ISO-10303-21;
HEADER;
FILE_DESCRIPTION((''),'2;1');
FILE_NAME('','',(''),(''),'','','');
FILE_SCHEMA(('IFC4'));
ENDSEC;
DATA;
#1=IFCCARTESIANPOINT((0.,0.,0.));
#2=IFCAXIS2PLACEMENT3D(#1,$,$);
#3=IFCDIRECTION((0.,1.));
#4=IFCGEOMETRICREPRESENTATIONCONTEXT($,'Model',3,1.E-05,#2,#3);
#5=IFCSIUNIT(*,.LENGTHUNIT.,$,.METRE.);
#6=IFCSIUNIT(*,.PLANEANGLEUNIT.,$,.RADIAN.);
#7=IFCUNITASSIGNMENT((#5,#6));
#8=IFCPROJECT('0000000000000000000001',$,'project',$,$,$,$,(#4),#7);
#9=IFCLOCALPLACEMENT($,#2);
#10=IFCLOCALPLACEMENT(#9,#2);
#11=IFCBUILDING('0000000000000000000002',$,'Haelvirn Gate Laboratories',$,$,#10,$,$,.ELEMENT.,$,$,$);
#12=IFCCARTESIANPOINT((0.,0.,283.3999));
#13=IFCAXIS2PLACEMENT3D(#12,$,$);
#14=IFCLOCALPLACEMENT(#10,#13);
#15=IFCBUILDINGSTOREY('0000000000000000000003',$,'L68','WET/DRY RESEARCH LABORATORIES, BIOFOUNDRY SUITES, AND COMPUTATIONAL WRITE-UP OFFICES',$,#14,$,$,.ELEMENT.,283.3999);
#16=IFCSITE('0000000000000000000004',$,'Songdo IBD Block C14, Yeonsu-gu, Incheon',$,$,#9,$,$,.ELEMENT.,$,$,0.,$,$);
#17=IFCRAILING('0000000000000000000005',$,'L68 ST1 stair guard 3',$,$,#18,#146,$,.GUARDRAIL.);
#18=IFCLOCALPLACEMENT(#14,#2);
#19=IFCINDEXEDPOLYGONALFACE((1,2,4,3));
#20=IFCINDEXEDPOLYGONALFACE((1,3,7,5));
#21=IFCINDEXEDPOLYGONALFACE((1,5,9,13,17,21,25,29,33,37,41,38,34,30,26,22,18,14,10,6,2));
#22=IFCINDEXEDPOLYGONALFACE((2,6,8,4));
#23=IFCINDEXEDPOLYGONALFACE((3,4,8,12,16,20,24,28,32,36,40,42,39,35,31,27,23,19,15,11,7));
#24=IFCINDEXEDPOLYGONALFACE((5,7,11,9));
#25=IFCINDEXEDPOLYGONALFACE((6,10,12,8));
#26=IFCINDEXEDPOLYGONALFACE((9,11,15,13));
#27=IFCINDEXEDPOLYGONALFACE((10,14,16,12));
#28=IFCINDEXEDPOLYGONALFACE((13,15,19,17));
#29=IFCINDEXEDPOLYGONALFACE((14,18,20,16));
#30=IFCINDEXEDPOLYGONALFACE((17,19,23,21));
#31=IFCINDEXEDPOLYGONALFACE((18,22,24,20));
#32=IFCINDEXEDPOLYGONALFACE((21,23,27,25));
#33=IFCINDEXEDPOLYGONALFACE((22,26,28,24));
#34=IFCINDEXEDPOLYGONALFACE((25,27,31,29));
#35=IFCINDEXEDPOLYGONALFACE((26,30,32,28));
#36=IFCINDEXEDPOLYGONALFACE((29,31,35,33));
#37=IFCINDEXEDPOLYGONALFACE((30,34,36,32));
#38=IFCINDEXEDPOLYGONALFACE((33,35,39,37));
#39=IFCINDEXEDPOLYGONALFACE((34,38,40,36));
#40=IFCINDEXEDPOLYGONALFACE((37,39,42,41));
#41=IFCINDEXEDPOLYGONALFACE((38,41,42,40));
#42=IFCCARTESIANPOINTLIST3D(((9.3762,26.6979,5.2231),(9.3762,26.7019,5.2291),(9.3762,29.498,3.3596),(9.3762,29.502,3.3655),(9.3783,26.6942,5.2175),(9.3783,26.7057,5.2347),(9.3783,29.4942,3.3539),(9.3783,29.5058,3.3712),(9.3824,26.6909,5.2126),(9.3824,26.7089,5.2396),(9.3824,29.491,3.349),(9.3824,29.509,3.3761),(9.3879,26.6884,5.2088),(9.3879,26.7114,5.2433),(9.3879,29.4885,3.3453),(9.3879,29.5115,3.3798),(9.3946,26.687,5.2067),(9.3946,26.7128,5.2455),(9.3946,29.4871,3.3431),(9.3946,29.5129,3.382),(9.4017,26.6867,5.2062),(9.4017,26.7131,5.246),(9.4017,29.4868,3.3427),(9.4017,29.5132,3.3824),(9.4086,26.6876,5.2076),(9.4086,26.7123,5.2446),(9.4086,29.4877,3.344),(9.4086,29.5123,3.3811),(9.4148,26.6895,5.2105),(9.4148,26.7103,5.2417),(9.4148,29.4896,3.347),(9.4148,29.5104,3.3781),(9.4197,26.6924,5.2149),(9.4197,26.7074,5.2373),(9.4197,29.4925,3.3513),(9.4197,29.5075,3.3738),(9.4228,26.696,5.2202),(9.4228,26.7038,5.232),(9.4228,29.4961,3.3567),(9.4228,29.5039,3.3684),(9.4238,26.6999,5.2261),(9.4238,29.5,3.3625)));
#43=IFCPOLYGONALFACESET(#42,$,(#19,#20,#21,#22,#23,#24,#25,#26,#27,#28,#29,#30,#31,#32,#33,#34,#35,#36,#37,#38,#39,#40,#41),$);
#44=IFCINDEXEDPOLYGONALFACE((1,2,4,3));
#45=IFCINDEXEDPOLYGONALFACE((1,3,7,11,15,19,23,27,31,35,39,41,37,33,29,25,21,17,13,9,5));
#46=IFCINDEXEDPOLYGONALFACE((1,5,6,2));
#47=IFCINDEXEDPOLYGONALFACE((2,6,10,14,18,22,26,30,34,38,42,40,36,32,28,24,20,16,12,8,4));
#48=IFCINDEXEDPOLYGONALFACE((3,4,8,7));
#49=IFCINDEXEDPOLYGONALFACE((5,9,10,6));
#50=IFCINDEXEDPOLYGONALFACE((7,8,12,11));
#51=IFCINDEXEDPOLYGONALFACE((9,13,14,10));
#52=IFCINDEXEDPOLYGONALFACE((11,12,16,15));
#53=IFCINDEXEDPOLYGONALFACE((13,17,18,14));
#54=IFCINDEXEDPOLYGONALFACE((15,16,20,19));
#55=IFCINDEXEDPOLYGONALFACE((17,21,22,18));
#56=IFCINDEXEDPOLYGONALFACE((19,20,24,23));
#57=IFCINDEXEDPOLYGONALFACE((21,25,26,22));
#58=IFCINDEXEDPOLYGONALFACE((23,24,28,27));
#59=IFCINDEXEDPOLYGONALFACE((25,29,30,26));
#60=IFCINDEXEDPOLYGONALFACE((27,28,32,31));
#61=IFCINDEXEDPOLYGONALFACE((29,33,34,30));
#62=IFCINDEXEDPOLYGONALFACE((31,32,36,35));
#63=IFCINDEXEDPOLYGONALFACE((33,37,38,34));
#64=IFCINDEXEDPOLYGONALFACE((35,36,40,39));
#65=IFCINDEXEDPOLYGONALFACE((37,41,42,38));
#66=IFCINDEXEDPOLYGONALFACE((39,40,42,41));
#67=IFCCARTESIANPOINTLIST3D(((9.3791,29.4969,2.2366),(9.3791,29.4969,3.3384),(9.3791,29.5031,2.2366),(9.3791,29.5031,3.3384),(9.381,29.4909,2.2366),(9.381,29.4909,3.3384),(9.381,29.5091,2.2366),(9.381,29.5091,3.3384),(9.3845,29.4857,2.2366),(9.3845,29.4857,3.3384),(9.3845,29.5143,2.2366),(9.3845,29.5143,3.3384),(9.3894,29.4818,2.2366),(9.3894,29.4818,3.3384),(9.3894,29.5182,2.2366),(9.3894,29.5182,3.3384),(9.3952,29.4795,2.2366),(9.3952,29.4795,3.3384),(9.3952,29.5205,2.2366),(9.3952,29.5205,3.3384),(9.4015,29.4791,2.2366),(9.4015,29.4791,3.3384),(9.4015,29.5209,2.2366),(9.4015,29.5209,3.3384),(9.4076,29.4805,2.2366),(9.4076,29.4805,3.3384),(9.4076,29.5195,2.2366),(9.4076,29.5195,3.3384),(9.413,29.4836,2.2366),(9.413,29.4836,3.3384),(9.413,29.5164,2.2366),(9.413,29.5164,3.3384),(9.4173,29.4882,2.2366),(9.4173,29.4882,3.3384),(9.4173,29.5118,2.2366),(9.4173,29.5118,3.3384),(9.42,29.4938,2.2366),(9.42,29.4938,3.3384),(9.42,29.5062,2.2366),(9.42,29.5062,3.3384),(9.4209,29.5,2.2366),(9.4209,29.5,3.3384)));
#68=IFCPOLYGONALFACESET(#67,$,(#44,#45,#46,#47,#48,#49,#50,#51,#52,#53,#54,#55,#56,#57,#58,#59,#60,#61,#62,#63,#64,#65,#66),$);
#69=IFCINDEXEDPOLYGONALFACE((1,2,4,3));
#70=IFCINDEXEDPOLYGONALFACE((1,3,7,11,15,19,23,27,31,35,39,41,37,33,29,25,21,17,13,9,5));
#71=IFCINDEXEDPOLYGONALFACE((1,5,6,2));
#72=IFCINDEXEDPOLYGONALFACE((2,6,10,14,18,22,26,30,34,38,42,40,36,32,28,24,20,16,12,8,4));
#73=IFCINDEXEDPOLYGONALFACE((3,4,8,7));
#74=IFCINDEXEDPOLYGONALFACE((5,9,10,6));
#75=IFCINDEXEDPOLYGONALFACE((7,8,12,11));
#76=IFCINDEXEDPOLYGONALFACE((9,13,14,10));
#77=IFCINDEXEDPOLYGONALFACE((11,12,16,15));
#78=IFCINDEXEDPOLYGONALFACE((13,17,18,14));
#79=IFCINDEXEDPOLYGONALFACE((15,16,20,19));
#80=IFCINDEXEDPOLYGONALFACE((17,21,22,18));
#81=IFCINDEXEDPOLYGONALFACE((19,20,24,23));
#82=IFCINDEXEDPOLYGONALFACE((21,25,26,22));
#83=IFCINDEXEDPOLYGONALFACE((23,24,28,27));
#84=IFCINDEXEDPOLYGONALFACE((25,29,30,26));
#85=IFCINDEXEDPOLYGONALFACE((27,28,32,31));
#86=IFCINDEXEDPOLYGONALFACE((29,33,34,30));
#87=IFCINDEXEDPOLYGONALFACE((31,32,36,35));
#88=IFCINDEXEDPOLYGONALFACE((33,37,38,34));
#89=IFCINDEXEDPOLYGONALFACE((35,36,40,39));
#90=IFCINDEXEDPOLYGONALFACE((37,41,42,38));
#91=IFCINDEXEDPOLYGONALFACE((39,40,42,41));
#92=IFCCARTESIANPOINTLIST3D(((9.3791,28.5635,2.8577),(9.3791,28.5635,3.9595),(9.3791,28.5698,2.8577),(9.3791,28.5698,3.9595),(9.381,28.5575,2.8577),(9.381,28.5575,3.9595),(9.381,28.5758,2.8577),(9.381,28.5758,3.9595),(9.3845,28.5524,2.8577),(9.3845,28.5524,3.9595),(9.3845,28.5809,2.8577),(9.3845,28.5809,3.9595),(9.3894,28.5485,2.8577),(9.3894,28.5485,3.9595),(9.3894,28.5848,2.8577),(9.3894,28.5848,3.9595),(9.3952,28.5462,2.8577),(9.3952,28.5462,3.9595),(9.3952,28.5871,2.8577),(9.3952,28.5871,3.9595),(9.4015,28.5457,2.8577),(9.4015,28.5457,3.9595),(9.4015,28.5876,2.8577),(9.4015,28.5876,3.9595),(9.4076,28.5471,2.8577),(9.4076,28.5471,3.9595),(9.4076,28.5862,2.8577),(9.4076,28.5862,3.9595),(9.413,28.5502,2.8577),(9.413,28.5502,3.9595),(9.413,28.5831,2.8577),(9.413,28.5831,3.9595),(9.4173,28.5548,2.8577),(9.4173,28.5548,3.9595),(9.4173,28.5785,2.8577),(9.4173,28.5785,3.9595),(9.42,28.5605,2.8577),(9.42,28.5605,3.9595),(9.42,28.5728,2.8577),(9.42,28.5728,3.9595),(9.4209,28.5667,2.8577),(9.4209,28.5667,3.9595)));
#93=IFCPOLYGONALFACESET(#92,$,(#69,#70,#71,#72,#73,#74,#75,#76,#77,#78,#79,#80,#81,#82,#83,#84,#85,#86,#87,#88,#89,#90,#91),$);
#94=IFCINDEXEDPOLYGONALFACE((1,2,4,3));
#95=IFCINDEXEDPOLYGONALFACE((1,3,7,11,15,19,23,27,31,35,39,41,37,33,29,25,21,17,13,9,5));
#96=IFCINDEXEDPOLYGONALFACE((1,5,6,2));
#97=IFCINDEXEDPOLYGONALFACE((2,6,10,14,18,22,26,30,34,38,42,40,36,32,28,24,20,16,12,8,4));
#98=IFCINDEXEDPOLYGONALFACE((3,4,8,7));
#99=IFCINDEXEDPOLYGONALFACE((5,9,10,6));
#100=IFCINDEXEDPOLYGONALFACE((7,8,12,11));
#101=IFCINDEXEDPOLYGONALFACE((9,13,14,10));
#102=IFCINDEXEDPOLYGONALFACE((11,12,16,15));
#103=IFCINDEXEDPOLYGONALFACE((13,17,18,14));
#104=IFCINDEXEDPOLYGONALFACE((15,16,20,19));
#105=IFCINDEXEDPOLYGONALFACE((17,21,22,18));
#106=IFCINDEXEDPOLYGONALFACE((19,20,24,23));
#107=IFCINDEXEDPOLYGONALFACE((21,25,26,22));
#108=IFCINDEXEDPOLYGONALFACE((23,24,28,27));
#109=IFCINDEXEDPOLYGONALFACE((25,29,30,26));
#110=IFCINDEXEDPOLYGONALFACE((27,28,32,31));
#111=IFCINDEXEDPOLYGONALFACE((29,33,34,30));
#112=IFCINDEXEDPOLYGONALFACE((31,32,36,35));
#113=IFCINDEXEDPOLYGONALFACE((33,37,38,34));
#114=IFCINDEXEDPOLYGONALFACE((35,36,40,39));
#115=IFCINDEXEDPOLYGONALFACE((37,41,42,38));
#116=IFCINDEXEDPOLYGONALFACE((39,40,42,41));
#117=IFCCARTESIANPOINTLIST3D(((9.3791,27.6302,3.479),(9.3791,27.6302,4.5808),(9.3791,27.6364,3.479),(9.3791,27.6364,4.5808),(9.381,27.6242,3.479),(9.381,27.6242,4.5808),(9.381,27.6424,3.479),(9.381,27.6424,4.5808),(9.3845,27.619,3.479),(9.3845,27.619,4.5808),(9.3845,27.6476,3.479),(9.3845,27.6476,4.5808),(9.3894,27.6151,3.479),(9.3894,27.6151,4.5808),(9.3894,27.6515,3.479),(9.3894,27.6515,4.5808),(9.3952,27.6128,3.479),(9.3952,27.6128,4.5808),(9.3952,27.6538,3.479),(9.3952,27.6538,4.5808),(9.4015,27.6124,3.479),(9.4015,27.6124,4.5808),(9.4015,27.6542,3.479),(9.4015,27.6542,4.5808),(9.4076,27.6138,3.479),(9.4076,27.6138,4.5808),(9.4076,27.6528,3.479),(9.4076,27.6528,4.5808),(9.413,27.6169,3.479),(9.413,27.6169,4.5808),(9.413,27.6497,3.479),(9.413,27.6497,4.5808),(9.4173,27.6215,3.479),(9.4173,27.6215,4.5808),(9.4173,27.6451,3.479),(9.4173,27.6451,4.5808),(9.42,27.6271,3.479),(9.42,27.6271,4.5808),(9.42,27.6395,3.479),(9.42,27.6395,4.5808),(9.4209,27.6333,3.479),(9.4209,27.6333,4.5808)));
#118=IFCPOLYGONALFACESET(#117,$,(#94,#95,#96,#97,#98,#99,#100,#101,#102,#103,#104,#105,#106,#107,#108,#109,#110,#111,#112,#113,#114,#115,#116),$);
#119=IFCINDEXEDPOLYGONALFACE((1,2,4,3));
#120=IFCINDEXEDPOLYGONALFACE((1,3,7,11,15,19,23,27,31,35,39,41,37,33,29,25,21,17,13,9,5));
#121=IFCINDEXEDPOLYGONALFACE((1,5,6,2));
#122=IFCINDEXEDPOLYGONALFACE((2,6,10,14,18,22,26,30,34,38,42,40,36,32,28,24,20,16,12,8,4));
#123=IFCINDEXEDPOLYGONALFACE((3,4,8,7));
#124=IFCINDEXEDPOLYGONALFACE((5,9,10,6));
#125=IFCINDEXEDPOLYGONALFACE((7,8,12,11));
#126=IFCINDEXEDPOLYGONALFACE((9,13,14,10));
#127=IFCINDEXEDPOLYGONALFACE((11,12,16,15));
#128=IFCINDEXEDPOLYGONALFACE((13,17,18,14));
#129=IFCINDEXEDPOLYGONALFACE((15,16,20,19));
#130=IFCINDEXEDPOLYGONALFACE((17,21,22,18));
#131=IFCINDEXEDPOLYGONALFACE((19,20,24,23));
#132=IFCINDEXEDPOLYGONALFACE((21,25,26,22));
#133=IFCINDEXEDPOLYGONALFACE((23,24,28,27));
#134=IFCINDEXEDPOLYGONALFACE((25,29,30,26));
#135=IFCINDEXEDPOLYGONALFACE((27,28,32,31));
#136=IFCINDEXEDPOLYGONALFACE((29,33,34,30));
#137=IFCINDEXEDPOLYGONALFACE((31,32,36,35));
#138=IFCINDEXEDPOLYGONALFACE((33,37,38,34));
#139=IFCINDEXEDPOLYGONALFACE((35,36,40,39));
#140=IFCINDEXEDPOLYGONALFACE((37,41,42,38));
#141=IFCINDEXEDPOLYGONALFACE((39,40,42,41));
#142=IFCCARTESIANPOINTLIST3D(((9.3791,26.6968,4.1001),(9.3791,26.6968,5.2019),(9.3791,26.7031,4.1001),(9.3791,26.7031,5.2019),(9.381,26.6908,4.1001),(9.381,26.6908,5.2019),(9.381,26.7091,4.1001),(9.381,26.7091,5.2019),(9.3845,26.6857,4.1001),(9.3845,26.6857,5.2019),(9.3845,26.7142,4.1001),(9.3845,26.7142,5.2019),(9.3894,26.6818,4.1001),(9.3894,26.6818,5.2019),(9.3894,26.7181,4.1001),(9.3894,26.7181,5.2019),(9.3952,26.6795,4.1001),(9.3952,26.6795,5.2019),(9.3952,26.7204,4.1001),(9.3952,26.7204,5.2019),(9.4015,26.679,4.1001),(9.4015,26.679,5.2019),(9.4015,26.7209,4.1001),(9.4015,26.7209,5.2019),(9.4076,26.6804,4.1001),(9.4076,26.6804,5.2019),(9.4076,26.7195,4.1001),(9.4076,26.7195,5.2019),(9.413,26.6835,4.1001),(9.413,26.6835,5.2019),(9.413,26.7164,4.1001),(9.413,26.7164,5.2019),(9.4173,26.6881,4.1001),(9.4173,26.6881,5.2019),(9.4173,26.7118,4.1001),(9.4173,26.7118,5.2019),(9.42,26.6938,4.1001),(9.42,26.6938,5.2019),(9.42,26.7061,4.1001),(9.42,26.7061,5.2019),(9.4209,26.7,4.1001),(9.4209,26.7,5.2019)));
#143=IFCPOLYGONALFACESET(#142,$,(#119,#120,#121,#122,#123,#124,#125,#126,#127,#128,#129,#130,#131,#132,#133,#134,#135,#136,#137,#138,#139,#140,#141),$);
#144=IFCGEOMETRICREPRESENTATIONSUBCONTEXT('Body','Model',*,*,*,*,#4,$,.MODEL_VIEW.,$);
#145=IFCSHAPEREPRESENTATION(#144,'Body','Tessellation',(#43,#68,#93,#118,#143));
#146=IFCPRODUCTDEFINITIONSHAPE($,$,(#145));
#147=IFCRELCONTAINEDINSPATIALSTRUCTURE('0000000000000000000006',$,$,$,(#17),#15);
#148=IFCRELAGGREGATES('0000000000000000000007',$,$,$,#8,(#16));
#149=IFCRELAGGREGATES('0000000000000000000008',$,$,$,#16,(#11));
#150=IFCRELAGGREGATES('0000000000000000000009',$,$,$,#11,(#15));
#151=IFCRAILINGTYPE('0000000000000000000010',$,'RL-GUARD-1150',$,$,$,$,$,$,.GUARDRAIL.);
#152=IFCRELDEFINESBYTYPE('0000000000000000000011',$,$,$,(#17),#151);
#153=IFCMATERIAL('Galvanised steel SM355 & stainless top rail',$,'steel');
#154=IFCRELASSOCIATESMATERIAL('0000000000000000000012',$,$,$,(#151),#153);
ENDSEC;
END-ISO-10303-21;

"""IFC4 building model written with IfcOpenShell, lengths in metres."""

from ifc_helpers import new_model, si_unit, direction, frame, origin, origin_2d, place, context, subcontext, project, spatial, circle, extrude, source, transform, mapped, material, type_object, element, save


model = new_model("IFC4")

# Units and contexts
model_context = context("Model", 3, precision=1e-05, world=origin(), true_north=direction((0.0, 1.0)))
body_context = subcontext(model_context, "Body", "Model", "MODEL_VIEW")
ifc_project = project(units=[si_unit("LENGTHUNIT", "METRE"), si_unit("PLANEANGLEUNIT", "RADIAN")], contexts=[model_context])

# Site, building, storey
site_placement = place(None, origin())
site = spatial("IfcSite", under=ifc_project, at=site_placement, Name="Songdo IBD Block C14, Yeonsu-gu, Incheon", CompositionType="ELEMENT", RefElevation=0.0)
building_placement = place(site_placement, origin())
building = spatial("IfcBuilding", under=site, at=building_placement, Name="Haelvirn Gate Laboratories", CompositionType="ELEMENT")
storey_placement = place(building_placement, frame((0.0, 0.0, 283.3999)))
storey = spatial("IfcBuildingStorey", under=building, at=storey_placement, Name="L68", Description="WET/DRY RESEARCH LABORATORIES, BIOFOUNDRY SUITES, AND COMPUTATIONAL WRITE-UP OFFICES", CompositionType="ELEMENT", Elevation=283.3999)

# Railing
ifc_material_1 = material(Name="Galvanised steel SM355 & stainless top rail", Category="steel")
railing_type_1 = type_object("IfcRailingType", Name="RL-GUARD-1150", PredefinedType="GUARDRAIL", material=ifc_material_1)
shared_shape_1 = source(origin(), body_context, "Body", "SweptSolid", [
    extrude(circle(Radius=0.0239, at=origin_2d()), frame((0.0, 0.0, 1.126), z_axis=(0.0, -0.832486, 0.554047), x_axis=(1.0, 0.0, 0.0)), (0.0, 0.0, 1.0), 3.3635),
    extrude(circle(Radius=0.021, at=origin_2d()), origin(), (0.0, 0.0, 1.0), 1.1018),
    extrude(circle(Radius=0.021, at=origin_2d()), frame((0.0, -0.9333, 0.6211)), (0.0, 0.0, 1.0), 1.1018),
    extrude(circle(Radius=0.021, at=origin_2d()), frame((0.0, -1.8667, 1.2424)), (0.0, 0.0, 1.0), 1.1018),
    extrude(circle(Radius=0.021, at=origin_2d()), frame((0.0, -2.8, 1.8635)), (0.0, 0.0, 1.0), 1.1018),
])
railing_1_placement = place(storey_placement, frame((9.3999, 29.5, 2.2366)))
element("IfcRailing", 1, at=railing_1_placement, inside=storey, type_object=railing_type_1, Name="L68 ST1 stair guard 3", PredefinedType="GUARDRAIL", context=body_context, shape_type="MappedRepresentation", body=[
    mapped(shared_shape_1, transform((0.0, 0.0, 0.0), scale=1.0)),
])

save(model, "model.ifc")
